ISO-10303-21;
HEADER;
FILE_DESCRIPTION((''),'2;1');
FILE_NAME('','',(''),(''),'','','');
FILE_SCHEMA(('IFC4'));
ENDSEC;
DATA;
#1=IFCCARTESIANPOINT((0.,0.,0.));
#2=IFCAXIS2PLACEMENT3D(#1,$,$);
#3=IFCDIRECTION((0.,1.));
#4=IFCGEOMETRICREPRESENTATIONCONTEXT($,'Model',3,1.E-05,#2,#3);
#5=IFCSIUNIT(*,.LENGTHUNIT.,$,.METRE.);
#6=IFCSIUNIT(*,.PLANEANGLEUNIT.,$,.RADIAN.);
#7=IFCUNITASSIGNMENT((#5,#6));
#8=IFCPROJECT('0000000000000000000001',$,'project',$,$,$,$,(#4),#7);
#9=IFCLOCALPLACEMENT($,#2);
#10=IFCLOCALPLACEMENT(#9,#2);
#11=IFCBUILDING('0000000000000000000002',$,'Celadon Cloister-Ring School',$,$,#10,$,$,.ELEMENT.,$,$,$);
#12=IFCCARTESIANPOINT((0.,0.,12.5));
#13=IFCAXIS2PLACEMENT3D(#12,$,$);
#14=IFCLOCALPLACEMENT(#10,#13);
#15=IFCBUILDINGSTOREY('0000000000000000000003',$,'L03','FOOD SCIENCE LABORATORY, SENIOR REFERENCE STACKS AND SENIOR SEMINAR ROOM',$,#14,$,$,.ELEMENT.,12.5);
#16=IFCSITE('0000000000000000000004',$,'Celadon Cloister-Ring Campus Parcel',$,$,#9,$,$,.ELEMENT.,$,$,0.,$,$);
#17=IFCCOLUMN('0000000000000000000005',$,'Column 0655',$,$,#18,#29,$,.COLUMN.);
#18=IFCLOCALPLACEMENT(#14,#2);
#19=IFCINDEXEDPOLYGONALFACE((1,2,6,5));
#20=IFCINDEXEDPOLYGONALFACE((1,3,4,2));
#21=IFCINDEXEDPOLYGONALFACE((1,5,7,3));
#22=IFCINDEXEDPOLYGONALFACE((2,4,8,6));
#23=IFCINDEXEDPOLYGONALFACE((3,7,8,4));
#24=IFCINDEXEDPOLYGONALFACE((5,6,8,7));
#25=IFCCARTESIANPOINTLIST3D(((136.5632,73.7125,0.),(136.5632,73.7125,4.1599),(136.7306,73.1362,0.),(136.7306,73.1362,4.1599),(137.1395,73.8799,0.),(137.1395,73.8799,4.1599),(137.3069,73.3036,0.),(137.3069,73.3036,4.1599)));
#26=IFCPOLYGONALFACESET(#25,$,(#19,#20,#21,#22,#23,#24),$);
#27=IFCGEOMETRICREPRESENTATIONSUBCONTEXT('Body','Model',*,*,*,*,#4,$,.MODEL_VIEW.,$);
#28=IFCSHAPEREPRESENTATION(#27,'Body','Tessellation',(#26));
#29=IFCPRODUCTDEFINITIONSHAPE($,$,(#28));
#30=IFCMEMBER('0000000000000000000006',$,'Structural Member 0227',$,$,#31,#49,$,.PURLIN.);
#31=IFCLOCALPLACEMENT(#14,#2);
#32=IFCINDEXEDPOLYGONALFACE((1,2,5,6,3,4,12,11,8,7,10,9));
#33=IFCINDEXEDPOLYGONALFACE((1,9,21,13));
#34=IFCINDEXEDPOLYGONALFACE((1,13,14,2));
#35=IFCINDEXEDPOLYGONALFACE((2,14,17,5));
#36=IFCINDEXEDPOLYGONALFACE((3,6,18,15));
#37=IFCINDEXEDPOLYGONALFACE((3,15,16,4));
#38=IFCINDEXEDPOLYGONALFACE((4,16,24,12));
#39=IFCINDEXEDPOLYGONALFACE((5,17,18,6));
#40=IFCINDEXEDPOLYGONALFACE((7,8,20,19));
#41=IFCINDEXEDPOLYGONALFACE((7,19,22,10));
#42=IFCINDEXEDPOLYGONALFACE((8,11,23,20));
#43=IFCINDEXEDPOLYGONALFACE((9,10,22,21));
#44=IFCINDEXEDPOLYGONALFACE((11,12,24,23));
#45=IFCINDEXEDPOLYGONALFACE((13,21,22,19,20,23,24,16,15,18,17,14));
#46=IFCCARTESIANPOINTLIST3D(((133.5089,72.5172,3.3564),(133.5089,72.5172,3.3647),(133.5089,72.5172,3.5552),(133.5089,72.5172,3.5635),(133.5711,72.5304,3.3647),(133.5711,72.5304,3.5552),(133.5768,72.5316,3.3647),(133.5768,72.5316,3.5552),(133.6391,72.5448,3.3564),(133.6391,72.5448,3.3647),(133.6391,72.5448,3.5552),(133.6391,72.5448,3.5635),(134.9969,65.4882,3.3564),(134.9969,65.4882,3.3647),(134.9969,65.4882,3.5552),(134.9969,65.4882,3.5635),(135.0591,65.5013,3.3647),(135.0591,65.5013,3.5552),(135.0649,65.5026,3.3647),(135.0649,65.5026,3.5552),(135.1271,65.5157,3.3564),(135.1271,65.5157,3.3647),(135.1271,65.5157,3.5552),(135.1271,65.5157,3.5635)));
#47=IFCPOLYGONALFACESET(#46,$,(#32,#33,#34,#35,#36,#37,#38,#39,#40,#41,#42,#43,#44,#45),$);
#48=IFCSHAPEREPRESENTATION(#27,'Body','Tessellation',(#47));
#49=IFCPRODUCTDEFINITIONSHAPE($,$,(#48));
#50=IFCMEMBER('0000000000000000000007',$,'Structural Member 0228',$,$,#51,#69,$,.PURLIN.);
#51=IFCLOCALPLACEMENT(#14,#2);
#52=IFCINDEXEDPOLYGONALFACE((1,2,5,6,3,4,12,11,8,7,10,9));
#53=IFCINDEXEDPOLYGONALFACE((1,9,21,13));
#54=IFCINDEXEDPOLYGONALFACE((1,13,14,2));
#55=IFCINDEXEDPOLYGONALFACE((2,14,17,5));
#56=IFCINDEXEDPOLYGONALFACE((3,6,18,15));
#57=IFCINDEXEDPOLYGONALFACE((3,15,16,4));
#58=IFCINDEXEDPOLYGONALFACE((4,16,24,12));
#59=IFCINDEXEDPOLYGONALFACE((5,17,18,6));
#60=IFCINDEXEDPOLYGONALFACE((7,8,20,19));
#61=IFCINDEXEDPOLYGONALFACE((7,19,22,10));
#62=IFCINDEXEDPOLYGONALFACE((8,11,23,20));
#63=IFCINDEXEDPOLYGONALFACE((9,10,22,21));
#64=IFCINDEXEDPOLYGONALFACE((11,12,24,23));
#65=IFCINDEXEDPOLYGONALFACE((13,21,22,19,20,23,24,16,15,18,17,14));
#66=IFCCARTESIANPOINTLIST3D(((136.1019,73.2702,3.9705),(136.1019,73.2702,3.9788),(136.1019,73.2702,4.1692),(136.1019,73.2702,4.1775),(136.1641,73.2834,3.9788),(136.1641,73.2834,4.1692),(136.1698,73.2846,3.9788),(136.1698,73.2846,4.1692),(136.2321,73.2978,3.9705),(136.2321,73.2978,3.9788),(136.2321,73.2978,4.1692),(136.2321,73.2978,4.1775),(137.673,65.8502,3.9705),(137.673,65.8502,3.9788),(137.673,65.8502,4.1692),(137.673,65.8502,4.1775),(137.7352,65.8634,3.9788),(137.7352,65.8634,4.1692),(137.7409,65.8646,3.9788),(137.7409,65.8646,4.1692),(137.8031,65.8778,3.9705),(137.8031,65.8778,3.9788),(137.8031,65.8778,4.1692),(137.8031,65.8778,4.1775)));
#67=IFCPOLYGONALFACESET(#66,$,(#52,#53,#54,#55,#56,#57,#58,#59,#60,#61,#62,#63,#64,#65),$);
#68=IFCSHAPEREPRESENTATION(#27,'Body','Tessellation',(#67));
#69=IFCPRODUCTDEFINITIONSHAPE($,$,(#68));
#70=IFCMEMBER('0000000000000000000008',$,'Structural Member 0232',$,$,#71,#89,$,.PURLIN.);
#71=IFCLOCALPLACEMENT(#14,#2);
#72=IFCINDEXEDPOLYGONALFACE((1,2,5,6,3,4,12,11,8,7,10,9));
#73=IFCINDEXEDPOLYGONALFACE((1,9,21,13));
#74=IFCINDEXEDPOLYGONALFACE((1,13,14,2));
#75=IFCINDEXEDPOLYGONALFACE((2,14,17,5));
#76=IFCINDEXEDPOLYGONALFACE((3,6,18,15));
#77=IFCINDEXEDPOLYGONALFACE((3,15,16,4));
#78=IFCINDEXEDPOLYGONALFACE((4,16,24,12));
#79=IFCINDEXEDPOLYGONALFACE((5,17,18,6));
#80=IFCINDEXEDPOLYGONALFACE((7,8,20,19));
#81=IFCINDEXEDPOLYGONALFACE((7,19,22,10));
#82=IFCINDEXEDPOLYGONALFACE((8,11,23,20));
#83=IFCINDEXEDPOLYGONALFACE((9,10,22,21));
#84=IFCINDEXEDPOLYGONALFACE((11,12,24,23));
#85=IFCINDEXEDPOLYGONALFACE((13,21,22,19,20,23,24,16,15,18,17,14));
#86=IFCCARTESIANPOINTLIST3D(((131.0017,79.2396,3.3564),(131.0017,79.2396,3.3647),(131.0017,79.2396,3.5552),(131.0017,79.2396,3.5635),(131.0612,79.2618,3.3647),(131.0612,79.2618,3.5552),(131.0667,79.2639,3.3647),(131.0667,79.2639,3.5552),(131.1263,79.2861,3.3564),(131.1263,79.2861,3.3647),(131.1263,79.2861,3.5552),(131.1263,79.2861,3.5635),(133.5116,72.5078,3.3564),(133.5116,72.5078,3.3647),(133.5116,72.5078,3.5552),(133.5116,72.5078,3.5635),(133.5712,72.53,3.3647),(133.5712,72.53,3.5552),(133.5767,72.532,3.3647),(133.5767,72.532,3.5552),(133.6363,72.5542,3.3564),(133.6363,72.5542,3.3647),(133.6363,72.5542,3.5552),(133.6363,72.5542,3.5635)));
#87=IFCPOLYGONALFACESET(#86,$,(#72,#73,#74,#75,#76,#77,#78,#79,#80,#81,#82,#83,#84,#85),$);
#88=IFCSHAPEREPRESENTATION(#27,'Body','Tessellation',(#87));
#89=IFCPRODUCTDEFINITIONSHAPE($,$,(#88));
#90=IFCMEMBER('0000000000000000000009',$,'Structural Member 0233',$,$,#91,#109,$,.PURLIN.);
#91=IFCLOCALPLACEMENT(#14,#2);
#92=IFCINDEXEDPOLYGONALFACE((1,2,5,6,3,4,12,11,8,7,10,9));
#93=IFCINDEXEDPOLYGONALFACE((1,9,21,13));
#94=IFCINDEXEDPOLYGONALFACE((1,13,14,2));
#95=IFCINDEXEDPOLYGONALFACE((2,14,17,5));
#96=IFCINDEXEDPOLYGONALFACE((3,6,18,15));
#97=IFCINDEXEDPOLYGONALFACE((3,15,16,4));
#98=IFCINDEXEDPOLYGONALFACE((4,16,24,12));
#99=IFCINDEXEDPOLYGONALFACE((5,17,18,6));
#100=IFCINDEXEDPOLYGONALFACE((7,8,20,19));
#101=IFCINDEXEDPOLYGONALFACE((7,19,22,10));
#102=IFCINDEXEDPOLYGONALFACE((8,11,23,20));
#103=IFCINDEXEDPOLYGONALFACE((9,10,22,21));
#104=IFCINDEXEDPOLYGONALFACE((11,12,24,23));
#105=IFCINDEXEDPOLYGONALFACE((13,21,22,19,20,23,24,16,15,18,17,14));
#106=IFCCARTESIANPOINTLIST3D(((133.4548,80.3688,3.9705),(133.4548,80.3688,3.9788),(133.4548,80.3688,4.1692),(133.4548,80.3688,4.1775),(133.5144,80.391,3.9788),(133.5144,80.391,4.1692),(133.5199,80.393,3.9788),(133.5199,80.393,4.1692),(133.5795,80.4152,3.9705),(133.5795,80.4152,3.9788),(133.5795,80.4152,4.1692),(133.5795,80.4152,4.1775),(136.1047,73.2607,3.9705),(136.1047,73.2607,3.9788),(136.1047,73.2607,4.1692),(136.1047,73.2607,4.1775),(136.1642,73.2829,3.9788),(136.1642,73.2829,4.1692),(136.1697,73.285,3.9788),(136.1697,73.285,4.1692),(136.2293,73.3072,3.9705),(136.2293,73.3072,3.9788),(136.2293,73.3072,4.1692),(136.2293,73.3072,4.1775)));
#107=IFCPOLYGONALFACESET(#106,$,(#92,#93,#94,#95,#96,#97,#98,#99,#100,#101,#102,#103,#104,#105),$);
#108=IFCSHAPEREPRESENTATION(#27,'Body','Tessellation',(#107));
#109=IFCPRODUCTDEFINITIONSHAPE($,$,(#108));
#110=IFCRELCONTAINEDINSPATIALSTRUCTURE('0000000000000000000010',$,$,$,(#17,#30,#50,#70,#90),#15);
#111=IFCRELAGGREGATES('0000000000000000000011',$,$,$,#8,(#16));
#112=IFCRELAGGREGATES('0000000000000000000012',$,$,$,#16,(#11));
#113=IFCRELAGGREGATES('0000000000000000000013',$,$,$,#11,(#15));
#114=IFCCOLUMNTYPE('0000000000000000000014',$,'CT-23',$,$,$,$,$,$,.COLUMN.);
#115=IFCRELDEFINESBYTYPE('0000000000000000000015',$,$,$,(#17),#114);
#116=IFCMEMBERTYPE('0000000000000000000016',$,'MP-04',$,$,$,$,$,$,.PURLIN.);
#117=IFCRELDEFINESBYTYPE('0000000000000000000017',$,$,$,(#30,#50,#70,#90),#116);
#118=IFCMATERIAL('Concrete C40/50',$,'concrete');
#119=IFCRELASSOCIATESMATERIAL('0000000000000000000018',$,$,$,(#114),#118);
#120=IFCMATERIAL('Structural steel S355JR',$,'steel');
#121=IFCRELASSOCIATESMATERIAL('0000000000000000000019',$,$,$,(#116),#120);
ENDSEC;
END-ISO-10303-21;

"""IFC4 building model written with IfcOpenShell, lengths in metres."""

from ifc_helpers import new_model, si_unit, direction, frame, origin, origin_2d, place, context, subcontext, project, spatial, rectangle, i_section, extrude, material, material_profile, profile_set, type_object, element, save


model = new_model("IFC4")

# Units and contexts
model_context = context("Model", 3, precision=1e-05, world=origin(), true_north=direction((0.0, 1.0)))
body_context = subcontext(model_context, "Body", "Model", "MODEL_VIEW")
ifc_project = project(units=[si_unit("LENGTHUNIT", "METRE"), si_unit("PLANEANGLEUNIT", "RADIAN")], contexts=[model_context])

# Site, building, storey
site_placement = place(None, origin())
site = spatial("IfcSite", under=ifc_project, at=site_placement, Name="Celadon Cloister-Ring Campus Parcel", CompositionType="ELEMENT", RefElevation=0.0)
building_placement = place(site_placement, origin())
building = spatial("IfcBuilding", under=site, at=building_placement, Name="Celadon Cloister-Ring School", CompositionType="ELEMENT")
storey_placement = place(building_placement, frame((0.0, 0.0, 12.5)))
storey = spatial("IfcBuildingStorey", under=building, at=storey_placement, Name="L03", Description="FOOD SCIENCE LABORATORY, SENIOR REFERENCE STACKS AND SENIOR SEMINAR ROOM", CompositionType="ELEMENT", Elevation=12.5)

# Column
ifc_material_1 = material(Name="Concrete C40/50", Category="concrete")
ifc_material_profile_1 = material_profile(ifc_material_1, rectangle(XDim=0.6001, YDim=0.6001, at=origin_2d()), Name="RC600X600")
ifc_profile_set_1 = profile_set([ifc_material_profile_1], Name="Concrete C40/50")
column_type = type_object("IfcColumnType", Name="CT-23", PredefinedType="COLUMN", material=ifc_profile_set_1)
column_placement = place(storey_placement, frame((136.9351, 73.5081, 0.0), z_axis=(0.0, 0.0, 1.0), x_axis=(0.960294, 0.278991, 0.0)))
element("IfcColumn", 1, at=column_placement, inside=storey, type_object=column_type, Name="Column 0655", PredefinedType="COLUMN", context=body_context, shape_type="SweptSolid", body=[
    extrude(rectangle(XDim=0.6001, YDim=0.6001, at=origin_2d()), origin(), (0.0, 0.0, 1.0), 4.1599),
])

# Members
ifc_material_2 = material(Name="Structural steel S355JR", Category="steel")
ifc_material_profile_2 = material_profile(ifc_material_2, i_section(OverallWidth=0.1331, OverallDepth=0.207, WebThickness=0.0059, FlangeThickness=0.0083, at=origin_2d()), Name="W200X27")
ifc_profile_set_2 = profile_set([ifc_material_profile_2], Name="Structural steel S355JR")
member_type = type_object("IfcMemberType", Name="MP-04", PredefinedType="PURLIN", material=ifc_profile_set_2)
member_1_placement = place(storey_placement, frame((135.062, 65.502, 3.46), z_axis=(-0.207108, 0.978318, 0.0), x_axis=(-0.978318, -0.207108, 0.0)))
element("IfcMember", 2, at=member_1_placement, inside=storey, type_object=member_type, Name="Structural Member 0227", PredefinedType="PURLIN", context=body_context, shape_type="SweptSolid", body=[
    extrude(i_section(OverallWidth=0.1331, OverallDepth=0.207, WebThickness=0.0059, FlangeThickness=0.0083, at=origin_2d()), origin(), (0.0, 0.0, 1.0), 7.1848),
])
member_2_placement = place(storey_placement, frame((137.738, 65.864, 4.074), z_axis=(-0.207141, 0.978311, 0.0), x_axis=(-0.978311, -0.207141, 0.0)))
element("IfcMember", 3, at=member_2_placement, inside=storey, type_object=member_type, Name="Structural Member 0228", PredefinedType="PURLIN", context=body_context, shape_type="SweptSolid", body=[
    extrude(i_section(OverallWidth=0.1331, OverallDepth=0.207, WebThickness=0.0059, FlangeThickness=0.0083, at=origin_2d()), origin(), (0.0, 0.0, 1.0), 7.5845),
])
member_3_placement = place(storey_placement, frame((133.574, 72.531, 3.46), z_axis=(-0.349358, 0.936989, 0.0), x_axis=(-0.936989, -0.349358, 0.0)))
element("IfcMember", 4, at=member_3_placement, inside=storey, type_object=member_type, Name="Structural Member 0232", PredefinedType="PURLIN", context=body_context, shape_type="SweptSolid", body=[
    extrude(i_section(OverallWidth=0.1331, OverallDepth=0.207, WebThickness=0.0059, FlangeThickness=0.0083, at=origin_2d()), origin(), (0.0, 0.0, 1.0), 7.1846),
])
member_4_placement = place(storey_placement, frame((136.167, 73.2839, 4.074), z_axis=(-0.349313, 0.937006, 0.0), x_axis=(-0.937006, -0.349313, 0.0)))
element("IfcMember", 5, at=member_4_placement, inside=storey, type_object=member_type, Name="Structural Member 0233", PredefinedType="PURLIN", context=body_context, shape_type="SweptSolid", body=[
    extrude(i_section(OverallWidth=0.1331, OverallDepth=0.207, WebThickness=0.0059, FlangeThickness=0.0083, at=origin_2d()), origin(), (0.0, 0.0, 1.0), 7.5859),
])

save(model, "model.ifc")
